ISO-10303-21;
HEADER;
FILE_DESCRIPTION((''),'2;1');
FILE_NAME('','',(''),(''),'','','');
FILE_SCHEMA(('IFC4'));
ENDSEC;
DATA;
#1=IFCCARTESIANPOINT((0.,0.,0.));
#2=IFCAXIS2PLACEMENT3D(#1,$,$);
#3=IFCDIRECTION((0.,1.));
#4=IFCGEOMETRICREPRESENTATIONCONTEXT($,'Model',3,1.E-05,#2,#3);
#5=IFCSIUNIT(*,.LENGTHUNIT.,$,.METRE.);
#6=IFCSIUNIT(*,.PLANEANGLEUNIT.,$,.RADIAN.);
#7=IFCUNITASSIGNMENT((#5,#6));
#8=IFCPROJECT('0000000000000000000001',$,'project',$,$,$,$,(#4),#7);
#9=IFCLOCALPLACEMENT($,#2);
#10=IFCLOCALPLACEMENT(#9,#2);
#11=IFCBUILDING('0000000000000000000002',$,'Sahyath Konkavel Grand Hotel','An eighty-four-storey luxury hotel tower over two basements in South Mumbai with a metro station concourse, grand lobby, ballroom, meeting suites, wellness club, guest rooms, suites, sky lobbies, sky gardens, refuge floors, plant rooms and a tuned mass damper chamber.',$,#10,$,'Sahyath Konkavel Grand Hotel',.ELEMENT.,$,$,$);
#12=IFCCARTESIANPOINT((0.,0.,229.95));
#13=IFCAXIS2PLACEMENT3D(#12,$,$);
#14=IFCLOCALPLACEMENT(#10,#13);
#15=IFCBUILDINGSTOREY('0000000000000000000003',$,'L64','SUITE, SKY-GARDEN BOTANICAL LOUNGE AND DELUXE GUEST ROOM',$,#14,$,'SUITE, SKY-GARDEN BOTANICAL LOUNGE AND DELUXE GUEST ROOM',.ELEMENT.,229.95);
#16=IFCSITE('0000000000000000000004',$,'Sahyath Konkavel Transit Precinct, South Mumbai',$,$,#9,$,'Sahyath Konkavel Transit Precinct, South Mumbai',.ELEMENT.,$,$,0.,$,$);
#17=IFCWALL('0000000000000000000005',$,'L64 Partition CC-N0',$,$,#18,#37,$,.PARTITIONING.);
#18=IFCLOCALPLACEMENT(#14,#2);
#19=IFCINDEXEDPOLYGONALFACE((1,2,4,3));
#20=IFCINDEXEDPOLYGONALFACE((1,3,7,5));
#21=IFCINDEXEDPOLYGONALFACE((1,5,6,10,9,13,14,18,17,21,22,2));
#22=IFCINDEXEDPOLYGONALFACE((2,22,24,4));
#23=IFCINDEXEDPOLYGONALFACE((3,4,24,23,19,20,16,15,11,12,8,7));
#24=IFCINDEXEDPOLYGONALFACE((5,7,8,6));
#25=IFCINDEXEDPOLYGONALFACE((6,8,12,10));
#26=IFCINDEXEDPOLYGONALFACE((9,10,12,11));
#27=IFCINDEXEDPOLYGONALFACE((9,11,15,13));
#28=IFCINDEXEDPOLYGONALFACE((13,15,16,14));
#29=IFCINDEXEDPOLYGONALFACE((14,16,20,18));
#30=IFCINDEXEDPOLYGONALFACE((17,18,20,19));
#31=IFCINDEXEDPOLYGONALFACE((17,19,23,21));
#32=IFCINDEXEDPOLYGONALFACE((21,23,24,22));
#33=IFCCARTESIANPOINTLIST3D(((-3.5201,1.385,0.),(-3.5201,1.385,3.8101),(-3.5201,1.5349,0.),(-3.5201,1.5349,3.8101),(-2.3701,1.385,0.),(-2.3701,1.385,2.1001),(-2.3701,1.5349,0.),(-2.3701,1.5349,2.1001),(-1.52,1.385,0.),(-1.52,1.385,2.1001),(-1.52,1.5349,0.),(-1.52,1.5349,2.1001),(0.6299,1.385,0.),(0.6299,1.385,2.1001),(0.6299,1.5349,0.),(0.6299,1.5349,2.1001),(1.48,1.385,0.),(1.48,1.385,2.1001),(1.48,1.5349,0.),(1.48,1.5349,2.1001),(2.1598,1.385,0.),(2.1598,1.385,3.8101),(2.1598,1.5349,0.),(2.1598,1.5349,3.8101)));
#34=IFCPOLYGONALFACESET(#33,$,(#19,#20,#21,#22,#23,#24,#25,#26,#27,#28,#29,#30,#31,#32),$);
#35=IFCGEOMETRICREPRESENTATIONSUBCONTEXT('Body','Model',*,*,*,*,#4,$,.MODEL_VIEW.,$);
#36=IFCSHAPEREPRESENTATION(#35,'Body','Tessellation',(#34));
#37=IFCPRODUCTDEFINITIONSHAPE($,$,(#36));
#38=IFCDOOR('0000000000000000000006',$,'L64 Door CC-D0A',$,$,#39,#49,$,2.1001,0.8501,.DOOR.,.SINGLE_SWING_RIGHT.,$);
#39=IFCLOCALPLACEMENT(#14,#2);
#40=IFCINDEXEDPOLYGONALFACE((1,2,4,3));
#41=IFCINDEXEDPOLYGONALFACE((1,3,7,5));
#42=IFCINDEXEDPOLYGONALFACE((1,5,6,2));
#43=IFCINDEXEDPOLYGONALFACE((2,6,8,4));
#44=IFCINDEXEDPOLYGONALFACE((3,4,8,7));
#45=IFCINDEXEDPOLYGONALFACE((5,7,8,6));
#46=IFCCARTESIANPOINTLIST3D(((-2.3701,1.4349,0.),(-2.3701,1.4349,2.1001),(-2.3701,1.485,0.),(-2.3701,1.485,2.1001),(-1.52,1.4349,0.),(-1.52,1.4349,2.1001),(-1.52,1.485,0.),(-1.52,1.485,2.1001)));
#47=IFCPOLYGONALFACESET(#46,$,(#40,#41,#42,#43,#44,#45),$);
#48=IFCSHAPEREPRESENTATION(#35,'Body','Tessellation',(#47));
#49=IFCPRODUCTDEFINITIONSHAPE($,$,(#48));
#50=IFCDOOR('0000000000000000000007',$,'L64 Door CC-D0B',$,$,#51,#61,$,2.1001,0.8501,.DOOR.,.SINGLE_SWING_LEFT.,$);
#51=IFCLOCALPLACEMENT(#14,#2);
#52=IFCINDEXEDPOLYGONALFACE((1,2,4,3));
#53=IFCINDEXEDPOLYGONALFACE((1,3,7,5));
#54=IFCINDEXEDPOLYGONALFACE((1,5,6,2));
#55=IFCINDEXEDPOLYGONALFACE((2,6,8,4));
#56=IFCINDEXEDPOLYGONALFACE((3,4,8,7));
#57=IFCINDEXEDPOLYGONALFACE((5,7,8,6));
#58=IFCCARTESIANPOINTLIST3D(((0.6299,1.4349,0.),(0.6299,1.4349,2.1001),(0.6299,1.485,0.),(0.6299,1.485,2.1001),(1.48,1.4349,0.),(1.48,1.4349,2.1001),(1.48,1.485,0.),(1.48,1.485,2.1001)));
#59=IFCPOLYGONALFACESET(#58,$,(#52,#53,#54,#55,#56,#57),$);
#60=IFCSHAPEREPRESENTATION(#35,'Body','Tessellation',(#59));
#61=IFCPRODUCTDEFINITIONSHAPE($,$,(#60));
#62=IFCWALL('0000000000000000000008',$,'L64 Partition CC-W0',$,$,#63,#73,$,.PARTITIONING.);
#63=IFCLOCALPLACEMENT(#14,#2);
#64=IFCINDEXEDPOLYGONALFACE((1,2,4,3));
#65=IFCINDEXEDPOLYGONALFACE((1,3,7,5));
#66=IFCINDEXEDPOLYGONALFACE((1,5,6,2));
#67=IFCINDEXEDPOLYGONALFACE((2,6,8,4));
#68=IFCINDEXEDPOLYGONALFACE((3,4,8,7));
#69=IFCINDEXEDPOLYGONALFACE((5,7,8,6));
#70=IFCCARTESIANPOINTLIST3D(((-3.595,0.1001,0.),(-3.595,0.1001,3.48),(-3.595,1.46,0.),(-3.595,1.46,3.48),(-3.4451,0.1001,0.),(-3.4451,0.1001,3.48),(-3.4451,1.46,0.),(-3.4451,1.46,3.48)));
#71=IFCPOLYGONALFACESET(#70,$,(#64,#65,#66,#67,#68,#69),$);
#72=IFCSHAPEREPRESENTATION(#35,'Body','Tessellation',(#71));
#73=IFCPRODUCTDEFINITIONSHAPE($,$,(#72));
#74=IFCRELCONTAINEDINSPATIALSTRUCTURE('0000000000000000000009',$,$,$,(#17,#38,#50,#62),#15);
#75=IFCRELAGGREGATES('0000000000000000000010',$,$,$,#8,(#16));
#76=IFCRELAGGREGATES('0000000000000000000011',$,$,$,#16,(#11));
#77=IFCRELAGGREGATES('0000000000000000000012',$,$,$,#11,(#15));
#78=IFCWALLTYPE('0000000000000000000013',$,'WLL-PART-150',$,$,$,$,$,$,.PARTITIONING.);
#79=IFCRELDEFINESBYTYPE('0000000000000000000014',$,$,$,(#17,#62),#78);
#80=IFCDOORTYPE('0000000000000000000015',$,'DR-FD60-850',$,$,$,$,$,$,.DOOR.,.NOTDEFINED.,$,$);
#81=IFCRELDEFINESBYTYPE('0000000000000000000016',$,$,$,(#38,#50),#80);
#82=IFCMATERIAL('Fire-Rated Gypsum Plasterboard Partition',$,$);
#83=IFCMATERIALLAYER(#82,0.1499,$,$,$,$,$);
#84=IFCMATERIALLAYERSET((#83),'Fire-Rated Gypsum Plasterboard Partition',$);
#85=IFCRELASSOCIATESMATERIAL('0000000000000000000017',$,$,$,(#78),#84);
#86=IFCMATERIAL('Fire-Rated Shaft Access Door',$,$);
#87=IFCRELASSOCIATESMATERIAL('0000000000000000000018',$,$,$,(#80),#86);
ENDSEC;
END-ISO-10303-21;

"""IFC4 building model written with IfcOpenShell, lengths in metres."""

from ifc_helpers import new_model, si_unit, direction, frame, frame_2d, origin, origin_2d, place, context, subcontext, project, spatial, rectangle, extrude, source, transform, mapped, material, layer, layer_set, type_object, element, fill, save


model = new_model("IFC4")

# Units and contexts
model_context = context("Model", 3, precision=1e-05, world=origin(), true_north=direction((0.0, 1.0)))
body_context = subcontext(model_context, "Body", "Model", "MODEL_VIEW")
ifc_project = project(units=[si_unit("LENGTHUNIT", "METRE"), si_unit("PLANEANGLEUNIT", "RADIAN")], contexts=[model_context])

# Site, building, storey
site_placement = place(None, origin())
site = spatial("IfcSite", under=ifc_project, at=site_placement, Name="Sahyath Konkavel Transit Precinct, South Mumbai", LongName="Sahyath Konkavel Transit Precinct, South Mumbai", CompositionType="ELEMENT", RefElevation=0.0)
building_placement = place(site_placement, origin())
building = spatial("IfcBuilding", under=site, at=building_placement, Name="Sahyath Konkavel Grand Hotel", Description="An eighty-four-storey luxury hotel tower over two basements in South Mumbai with a metro station concourse, grand lobby, ballroom, meeting suites, wellness club, guest rooms, suites, sky lobbies, sky gardens, refuge floors, plant rooms and a tuned mass damper chamber.", LongName="Sahyath Konkavel Grand Hotel", CompositionType="ELEMENT")
storey_placement = place(building_placement, frame((0.0, 0.0, 229.95)))
storey = spatial("IfcBuildingStorey", under=building, at=storey_placement, Name="L64", Description="SUITE, SKY-GARDEN BOTANICAL LOUNGE AND DELUXE GUEST ROOM", LongName="SUITE, SKY-GARDEN BOTANICAL LOUNGE AND DELUXE GUEST ROOM", CompositionType="ELEMENT", Elevation=229.95)

# Shared definitions
ifc_material_1 = material(Name="Fire-Rated Gypsum Plasterboard Partition")
ifc_layer_1 = layer(ifc_material_1, 0.1499)
ifc_layer_set_1 = layer_set([ifc_layer_1], Name="Fire-Rated Gypsum Plasterboard Partition")
wall_type_1 = type_object("IfcWallType", Name="WLL-PART-150", PredefinedType="PARTITIONING", material=ifc_layer_set_1)

# Wall, openings, doors
wall_1_placement = place(storey_placement, frame((-3.52, 1.46, 0.0), z_axis=(0.0, 0.0, 1.0), x_axis=(1.0, 0.0, 0.0)))
wall_1 = element("IfcWall", 1, at=wall_1_placement, inside=storey, type_object=wall_type_1, Name="L64 Partition CC-N0", PredefinedType="PARTITIONING", context=body_context, shape_type="SweptSolid", body=[
    extrude(rectangle(XDim=5.6799, YDim=0.1499, at=frame_2d((2.8398, 0.0))), origin(), (0.0, 0.0, 1.0), 3.8101),
])
opening_1_placement = place(wall_1_placement, frame((1.1499, 0.0, 0.0)))
opening_1 = element("IfcOpeningElement", 2, at=opening_1_placement, cuts=wall_1, PredefinedType="OPENING", context=body_context, shape_type="SweptSolid", body=[
    extrude(rectangle(XDim=0.8501, YDim=2.1001, at=frame_2d((0.425, 1.05))), frame((0.0, 0.085, 0.0), z_axis=(0.0, -1.0, 0.0), x_axis=(1.0, 0.0, 0.0)), (0.0, 0.0, 1.0), 0.1699),
])
opening_2_placement = place(wall_1_placement, frame((4.1499, 0.0, 0.0)))
opening_2 = element("IfcOpeningElement", 3, at=opening_2_placement, cuts=wall_1, PredefinedType="OPENING", context=body_context, shape_type="SweptSolid", body=[
    extrude(rectangle(XDim=0.8501, YDim=2.1001, at=frame_2d((0.425, 1.05))), frame((0.0, 0.085, 0.0), z_axis=(0.0, -1.0, 0.0), x_axis=(1.0, 0.0, 0.0)), (0.0, 0.0, 1.0), 0.1699),
])
ifc_material_2 = material(Name="Fire-Rated Shaft Access Door")
door_type_1 = type_object("IfcDoorType", Name="DR-FD60-850", OperationType="NOTDEFINED", PredefinedType="DOOR", material=ifc_material_2)
shared_shape_1 = source(origin(), body_context, "Body", "SweptSolid", [
    extrude(rectangle(XDim=0.8501, YDim=0.05, at=origin_2d()), origin(), (0.0, 0.0, 1.0), 2.1001),
])
door_1_placement = place(opening_1_placement, frame((0.425, 0.0, 0.0)))
door_1 = element("IfcDoor", 4, at=door_1_placement, inside=storey, type_object=door_type_1, Name="L64 Door CC-D0A", OperationType="SINGLE_SWING_RIGHT", OverallHeight=2.1001, OverallWidth=0.8501, PredefinedType="DOOR", context=body_context, shape_type="MappedRepresentation", body=[
    mapped(shared_shape_1, transform((0.0, 0.0, 0.0), scale=1.0)),
])
fill(opening_1, door_1)
door_2_placement = place(opening_2_placement, frame((0.425, 0.0, 0.0)))
door_2 = element("IfcDoor", 5, at=door_2_placement, inside=storey, type_object=door_type_1, Name="L64 Door CC-D0B", OperationType="SINGLE_SWING_LEFT", OverallHeight=2.1001, OverallWidth=0.8501, PredefinedType="DOOR", context=body_context, shape_type="MappedRepresentation", body=[
    mapped(shared_shape_1, transform((0.0, 0.0, 0.0), scale=1.0)),
])
fill(opening_2, door_2)

# Wall
wall_2_placement = place(storey_placement, frame((-3.52, 0.1001, 0.0), z_axis=(0.0, 0.0, 1.0), x_axis=(0.0, 1.0, 0.0)))
element("IfcWall", 6, at=wall_2_placement, inside=storey, type_object=wall_type_1, Name="L64 Partition CC-W0", PredefinedType="PARTITIONING", context=body_context, shape_type="SweptSolid", body=[
    extrude(rectangle(XDim=1.3599, YDim=0.1499, at=frame_2d((0.6799, 0.0))), origin(), (0.0, 0.0, 1.0), 3.48),
])

save(model, "model.ifc")
